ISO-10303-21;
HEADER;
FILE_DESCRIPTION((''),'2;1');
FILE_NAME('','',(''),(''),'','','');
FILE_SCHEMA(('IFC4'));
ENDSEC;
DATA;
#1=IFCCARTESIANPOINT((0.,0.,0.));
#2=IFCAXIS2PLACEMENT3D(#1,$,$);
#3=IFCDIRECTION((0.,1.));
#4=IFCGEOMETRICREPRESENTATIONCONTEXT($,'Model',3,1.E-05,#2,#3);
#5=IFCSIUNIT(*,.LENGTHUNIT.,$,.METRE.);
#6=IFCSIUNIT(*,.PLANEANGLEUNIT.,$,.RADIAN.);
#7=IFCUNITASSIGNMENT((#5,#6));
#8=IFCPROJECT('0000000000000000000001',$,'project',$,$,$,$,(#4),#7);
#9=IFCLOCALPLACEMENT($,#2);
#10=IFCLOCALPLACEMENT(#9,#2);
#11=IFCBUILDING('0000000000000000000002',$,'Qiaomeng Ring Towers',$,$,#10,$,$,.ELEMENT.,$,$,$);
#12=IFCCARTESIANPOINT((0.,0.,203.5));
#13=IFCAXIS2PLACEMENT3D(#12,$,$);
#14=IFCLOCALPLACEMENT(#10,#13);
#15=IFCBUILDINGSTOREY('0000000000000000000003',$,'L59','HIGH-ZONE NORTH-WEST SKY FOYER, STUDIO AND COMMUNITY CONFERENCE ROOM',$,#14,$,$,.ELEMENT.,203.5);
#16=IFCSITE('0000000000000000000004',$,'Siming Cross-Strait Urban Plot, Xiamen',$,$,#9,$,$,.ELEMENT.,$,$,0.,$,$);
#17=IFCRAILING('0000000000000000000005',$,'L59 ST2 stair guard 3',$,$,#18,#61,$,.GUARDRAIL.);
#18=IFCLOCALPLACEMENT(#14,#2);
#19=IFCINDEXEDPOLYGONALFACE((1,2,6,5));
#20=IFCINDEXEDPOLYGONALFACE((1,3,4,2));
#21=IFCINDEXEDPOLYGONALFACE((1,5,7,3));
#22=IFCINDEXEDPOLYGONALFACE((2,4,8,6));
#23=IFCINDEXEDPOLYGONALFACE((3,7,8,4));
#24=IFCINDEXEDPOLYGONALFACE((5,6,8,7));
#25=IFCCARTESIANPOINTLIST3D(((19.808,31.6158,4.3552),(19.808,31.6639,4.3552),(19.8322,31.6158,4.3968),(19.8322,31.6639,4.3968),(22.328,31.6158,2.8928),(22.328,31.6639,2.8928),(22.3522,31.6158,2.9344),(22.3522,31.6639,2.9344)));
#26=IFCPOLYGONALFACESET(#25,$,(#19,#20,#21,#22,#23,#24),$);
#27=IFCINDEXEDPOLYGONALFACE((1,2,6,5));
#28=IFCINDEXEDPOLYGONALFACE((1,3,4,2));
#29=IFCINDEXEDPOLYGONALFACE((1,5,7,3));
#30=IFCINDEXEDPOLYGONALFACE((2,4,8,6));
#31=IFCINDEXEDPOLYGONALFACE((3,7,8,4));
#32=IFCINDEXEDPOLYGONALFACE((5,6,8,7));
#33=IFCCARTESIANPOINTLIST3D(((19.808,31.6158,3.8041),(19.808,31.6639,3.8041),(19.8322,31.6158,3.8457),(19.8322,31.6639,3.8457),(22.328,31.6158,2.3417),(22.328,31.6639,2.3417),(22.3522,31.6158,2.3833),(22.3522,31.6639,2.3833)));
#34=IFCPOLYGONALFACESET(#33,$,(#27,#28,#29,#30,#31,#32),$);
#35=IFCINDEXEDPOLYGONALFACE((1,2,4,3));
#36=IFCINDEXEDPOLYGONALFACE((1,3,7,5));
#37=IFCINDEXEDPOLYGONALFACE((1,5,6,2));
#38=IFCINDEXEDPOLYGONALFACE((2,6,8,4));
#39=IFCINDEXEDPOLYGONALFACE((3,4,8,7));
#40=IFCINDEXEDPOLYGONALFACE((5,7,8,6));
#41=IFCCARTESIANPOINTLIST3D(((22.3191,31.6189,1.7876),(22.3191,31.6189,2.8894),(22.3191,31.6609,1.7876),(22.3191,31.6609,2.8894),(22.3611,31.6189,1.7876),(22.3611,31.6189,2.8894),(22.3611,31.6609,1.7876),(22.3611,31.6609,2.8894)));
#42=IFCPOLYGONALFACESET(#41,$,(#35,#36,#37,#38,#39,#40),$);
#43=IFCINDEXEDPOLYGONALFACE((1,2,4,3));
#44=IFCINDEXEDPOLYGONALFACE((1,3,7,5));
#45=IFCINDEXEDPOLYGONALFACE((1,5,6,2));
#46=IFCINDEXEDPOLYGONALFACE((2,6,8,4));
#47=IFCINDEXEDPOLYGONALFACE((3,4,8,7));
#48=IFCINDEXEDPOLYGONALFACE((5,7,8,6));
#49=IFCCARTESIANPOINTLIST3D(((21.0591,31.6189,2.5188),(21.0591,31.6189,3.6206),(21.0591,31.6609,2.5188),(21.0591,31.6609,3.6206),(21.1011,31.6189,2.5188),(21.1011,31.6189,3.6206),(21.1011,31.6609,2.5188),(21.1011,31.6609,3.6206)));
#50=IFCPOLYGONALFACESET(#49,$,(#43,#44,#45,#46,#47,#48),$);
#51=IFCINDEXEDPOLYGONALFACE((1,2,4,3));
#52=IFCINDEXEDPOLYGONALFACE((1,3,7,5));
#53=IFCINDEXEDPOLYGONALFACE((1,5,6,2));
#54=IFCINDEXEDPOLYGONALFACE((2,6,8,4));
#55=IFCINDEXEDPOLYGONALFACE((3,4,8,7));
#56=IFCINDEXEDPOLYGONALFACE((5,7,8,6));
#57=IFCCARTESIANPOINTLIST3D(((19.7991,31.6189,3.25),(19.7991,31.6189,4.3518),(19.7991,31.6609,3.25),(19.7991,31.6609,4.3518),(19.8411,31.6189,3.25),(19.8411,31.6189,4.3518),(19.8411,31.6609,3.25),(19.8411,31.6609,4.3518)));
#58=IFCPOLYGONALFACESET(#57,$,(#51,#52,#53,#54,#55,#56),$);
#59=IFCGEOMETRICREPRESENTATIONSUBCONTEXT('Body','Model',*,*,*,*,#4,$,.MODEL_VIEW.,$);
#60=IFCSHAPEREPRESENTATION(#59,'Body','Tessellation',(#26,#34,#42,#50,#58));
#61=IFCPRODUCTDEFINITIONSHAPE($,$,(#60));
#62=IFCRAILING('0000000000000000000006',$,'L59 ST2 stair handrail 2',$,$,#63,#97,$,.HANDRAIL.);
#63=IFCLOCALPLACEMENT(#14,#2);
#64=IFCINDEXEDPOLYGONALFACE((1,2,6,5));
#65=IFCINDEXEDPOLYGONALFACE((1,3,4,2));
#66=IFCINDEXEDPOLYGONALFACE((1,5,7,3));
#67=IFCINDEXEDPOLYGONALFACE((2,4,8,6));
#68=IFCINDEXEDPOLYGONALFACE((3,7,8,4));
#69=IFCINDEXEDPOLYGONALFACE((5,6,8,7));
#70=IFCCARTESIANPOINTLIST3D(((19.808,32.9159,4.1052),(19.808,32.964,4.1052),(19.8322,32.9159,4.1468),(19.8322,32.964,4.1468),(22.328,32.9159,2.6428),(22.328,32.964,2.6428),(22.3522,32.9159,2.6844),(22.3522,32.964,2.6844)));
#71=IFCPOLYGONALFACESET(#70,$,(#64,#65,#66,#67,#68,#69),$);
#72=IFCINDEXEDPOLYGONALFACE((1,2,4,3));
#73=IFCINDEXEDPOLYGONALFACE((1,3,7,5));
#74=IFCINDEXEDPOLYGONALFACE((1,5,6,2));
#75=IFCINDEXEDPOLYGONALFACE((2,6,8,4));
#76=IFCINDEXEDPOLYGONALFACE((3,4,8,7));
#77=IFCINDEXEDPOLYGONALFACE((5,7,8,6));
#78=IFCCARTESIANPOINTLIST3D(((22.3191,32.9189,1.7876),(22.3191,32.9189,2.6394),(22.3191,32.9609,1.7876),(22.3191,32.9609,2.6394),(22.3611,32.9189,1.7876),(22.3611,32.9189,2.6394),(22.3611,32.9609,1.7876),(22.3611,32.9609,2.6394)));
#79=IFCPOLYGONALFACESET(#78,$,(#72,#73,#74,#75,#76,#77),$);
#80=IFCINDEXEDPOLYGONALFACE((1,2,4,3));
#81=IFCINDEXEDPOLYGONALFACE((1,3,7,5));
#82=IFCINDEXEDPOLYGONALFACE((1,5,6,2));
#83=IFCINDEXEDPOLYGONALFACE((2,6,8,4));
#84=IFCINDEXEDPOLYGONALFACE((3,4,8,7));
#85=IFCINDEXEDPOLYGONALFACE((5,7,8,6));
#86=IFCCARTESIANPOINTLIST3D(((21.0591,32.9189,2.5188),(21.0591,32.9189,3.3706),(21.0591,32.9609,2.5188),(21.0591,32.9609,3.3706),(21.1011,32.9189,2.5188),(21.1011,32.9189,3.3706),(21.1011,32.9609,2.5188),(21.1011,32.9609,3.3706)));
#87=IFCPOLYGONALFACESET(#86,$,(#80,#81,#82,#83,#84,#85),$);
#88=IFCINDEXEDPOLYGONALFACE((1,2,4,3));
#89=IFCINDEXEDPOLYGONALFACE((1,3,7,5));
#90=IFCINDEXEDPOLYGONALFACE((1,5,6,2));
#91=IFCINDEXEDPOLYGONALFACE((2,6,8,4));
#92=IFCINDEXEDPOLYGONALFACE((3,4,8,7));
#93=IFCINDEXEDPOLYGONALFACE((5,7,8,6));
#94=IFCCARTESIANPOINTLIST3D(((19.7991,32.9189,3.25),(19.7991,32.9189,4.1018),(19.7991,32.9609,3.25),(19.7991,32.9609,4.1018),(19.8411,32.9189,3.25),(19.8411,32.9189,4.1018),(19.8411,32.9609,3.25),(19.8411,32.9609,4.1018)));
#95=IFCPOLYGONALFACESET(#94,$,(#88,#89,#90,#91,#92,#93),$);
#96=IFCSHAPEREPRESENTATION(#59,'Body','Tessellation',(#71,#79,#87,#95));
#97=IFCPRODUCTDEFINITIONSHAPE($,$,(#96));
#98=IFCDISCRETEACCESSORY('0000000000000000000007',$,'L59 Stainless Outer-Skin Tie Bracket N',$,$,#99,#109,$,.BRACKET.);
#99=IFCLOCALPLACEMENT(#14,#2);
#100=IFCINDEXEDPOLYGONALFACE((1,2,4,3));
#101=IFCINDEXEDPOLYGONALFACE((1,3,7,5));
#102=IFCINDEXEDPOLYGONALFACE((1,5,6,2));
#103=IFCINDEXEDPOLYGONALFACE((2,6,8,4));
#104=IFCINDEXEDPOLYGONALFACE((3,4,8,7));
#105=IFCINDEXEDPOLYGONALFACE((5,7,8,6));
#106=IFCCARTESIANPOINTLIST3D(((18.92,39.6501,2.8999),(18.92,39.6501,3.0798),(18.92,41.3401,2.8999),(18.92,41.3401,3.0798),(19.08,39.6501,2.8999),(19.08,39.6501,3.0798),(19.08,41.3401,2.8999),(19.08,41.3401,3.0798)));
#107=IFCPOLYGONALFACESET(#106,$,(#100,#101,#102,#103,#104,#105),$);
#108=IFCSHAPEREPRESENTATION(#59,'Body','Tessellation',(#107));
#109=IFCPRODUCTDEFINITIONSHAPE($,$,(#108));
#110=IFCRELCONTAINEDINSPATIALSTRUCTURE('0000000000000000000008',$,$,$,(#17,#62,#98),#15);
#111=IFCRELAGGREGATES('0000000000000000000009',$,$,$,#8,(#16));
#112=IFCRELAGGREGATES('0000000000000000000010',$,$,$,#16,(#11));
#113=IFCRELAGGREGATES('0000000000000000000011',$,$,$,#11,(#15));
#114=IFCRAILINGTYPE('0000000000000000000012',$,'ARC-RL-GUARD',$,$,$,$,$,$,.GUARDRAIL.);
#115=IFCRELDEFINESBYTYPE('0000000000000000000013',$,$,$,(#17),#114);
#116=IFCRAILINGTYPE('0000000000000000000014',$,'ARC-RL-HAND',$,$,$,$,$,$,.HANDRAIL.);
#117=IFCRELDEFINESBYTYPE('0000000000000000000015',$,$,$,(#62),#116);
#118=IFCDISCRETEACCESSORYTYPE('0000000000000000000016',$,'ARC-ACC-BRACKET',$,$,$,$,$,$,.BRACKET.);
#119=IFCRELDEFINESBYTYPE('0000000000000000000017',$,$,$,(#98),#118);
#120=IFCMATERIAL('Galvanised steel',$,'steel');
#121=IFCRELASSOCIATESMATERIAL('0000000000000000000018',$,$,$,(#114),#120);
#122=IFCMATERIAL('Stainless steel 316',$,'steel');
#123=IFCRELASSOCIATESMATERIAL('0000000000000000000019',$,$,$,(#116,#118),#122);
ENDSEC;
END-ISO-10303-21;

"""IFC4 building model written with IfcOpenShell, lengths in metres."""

from ifc_helpers import new_model, si_unit, direction, frame, origin, origin_2d, place, context, subcontext, project, spatial, rectangle, extrude, source, transform, mapped, material, type_object, element, save


model = new_model("IFC4")

# Units and contexts
model_context = context("Model", 3, precision=1e-05, world=origin(), true_north=direction((0.0, 1.0)))
body_context = subcontext(model_context, "Body", "Model", "MODEL_VIEW")
ifc_project = project(units=[si_unit("LENGTHUNIT", "METRE"), si_unit("PLANEANGLEUNIT", "RADIAN")], contexts=[model_context])

# Site, building, storey
site_placement = place(None, origin())
site = spatial("IfcSite", under=ifc_project, at=site_placement, Name="Siming Cross-Strait Urban Plot, Xiamen", CompositionType="ELEMENT", RefElevation=0.0)
building_placement = place(site_placement, origin())
building = spatial("IfcBuilding", under=site, at=building_placement, Name="Qiaomeng Ring Towers", CompositionType="ELEMENT")
storey_placement = place(building_placement, frame((0.0, 0.0, 203.5)))
storey = spatial("IfcBuildingStorey", under=building, at=storey_placement, Name="L59", Description="HIGH-ZONE NORTH-WEST SKY FOYER, STUDIO AND COMMUNITY CONFERENCE ROOM", CompositionType="ELEMENT", Elevation=203.5)

# Railings
ifc_material_1 = material(Name="Galvanised steel", Category="steel")
railing_type_1 = type_object("IfcRailingType", Name="ARC-RL-GUARD", PredefinedType="GUARDRAIL", material=ifc_material_1)
railing_1_placement = place(storey_placement, frame((22.3401, 31.6399, 1.7876)))
element("IfcRailing", 1, at=railing_1_placement, inside=storey, type_object=railing_type_1, Name="L59 ST2 stair guard 3", PredefinedType="GUARDRAIL", context=body_context, shape_type="SweptSolid", body=[
    extrude(rectangle(XDim=0.0481, YDim=0.0481, at=origin_2d()), frame((0.0, 0.0, 1.126), z_axis=(-0.864913, 0.0, 0.501921), x_axis=(0.0, -1.0, 0.0)), (0.0, 0.0, 1.0), 2.9136),
    extrude(rectangle(XDim=0.0481, YDim=0.0481, at=origin_2d()), frame((0.0, 0.0, 0.575), z_axis=(-0.864913, 0.0, 0.501921), x_axis=(0.0, -1.0, 0.0)), (0.0, 0.0, 1.0), 2.9136),
    extrude(rectangle(XDim=0.042, YDim=0.042, at=origin_2d()), origin(), (0.0, 0.0, 1.0), 1.1018),
    extrude(rectangle(XDim=0.042, YDim=0.042, at=origin_2d()), frame((-1.26, 0.0, 0.7312)), (0.0, 0.0, 1.0), 1.1018),
    extrude(rectangle(XDim=0.042, YDim=0.042, at=origin_2d()), frame((-2.52, 0.0, 1.4624)), (0.0, 0.0, 1.0), 1.1018),
])
ifc_material_2 = material(Name="Stainless steel 316", Category="steel")
railing_type_2 = type_object("IfcRailingType", Name="ARC-RL-HAND", PredefinedType="HANDRAIL", material=ifc_material_2)
railing_2_placement = place(storey_placement, frame((22.3401, 32.9399, 1.7876)))
element("IfcRailing", 2, at=railing_2_placement, inside=storey, type_object=railing_type_2, Name="L59 ST2 stair handrail 2", PredefinedType="HANDRAIL", context=body_context, shape_type="SweptSolid", body=[
    extrude(rectangle(XDim=0.0481, YDim=0.0481, at=origin_2d()), frame((0.0, 0.0, 0.876), z_axis=(-0.864913, 0.0, 0.501921), x_axis=(0.0, -1.0, 0.0)), (0.0, 0.0, 1.0), 2.9136),
    extrude(rectangle(XDim=0.042, YDim=0.042, at=origin_2d()), origin(), (0.0, 0.0, 1.0), 0.8518),
    extrude(rectangle(XDim=0.042, YDim=0.042, at=origin_2d()), frame((-1.26, 0.0, 0.7312)), (0.0, 0.0, 1.0), 0.8518),
    extrude(rectangle(XDim=0.042, YDim=0.042, at=origin_2d()), frame((-2.52, 0.0, 1.4624)), (0.0, 0.0, 1.0), 0.8518),
])

# Discrete accessory
discrete_accessory_type = type_object("IfcDiscreteAccessoryType", Name="ARC-ACC-BRACKET", PredefinedType="BRACKET", material=ifc_material_2)
shared_shape_1 = source(origin(), body_context, "Body", "SweptSolid", [
    extrude(rectangle(XDim=0.1599, YDim=1.6899, at=origin_2d()), origin(), (0.0, 0.0, 1.0), 0.1799),
])
discrete_accessory_placement = place(storey_placement, frame((19.0, 40.4951, 2.8999), z_axis=(0.0, 0.0, 1.0), x_axis=(1.0, 0.0, 0.0)))
element("IfcDiscreteAccessory", 3, at=discrete_accessory_placement, inside=storey, type_object=discrete_accessory_type, Name="L59 Stainless Outer-Skin Tie Bracket N", PredefinedType="BRACKET", context=body_context, shape_type="MappedRepresentation", body=[
    mapped(shared_shape_1, transform((0.0, 0.0, 0.0), x_axis=(1.0, 0.0, 0.0), y_axis=(0.0, 1.0, 0.0), z_axis=(0.0, 0.0, 1.0), scale=1.0)),
])

save(model, "model.ifc")
